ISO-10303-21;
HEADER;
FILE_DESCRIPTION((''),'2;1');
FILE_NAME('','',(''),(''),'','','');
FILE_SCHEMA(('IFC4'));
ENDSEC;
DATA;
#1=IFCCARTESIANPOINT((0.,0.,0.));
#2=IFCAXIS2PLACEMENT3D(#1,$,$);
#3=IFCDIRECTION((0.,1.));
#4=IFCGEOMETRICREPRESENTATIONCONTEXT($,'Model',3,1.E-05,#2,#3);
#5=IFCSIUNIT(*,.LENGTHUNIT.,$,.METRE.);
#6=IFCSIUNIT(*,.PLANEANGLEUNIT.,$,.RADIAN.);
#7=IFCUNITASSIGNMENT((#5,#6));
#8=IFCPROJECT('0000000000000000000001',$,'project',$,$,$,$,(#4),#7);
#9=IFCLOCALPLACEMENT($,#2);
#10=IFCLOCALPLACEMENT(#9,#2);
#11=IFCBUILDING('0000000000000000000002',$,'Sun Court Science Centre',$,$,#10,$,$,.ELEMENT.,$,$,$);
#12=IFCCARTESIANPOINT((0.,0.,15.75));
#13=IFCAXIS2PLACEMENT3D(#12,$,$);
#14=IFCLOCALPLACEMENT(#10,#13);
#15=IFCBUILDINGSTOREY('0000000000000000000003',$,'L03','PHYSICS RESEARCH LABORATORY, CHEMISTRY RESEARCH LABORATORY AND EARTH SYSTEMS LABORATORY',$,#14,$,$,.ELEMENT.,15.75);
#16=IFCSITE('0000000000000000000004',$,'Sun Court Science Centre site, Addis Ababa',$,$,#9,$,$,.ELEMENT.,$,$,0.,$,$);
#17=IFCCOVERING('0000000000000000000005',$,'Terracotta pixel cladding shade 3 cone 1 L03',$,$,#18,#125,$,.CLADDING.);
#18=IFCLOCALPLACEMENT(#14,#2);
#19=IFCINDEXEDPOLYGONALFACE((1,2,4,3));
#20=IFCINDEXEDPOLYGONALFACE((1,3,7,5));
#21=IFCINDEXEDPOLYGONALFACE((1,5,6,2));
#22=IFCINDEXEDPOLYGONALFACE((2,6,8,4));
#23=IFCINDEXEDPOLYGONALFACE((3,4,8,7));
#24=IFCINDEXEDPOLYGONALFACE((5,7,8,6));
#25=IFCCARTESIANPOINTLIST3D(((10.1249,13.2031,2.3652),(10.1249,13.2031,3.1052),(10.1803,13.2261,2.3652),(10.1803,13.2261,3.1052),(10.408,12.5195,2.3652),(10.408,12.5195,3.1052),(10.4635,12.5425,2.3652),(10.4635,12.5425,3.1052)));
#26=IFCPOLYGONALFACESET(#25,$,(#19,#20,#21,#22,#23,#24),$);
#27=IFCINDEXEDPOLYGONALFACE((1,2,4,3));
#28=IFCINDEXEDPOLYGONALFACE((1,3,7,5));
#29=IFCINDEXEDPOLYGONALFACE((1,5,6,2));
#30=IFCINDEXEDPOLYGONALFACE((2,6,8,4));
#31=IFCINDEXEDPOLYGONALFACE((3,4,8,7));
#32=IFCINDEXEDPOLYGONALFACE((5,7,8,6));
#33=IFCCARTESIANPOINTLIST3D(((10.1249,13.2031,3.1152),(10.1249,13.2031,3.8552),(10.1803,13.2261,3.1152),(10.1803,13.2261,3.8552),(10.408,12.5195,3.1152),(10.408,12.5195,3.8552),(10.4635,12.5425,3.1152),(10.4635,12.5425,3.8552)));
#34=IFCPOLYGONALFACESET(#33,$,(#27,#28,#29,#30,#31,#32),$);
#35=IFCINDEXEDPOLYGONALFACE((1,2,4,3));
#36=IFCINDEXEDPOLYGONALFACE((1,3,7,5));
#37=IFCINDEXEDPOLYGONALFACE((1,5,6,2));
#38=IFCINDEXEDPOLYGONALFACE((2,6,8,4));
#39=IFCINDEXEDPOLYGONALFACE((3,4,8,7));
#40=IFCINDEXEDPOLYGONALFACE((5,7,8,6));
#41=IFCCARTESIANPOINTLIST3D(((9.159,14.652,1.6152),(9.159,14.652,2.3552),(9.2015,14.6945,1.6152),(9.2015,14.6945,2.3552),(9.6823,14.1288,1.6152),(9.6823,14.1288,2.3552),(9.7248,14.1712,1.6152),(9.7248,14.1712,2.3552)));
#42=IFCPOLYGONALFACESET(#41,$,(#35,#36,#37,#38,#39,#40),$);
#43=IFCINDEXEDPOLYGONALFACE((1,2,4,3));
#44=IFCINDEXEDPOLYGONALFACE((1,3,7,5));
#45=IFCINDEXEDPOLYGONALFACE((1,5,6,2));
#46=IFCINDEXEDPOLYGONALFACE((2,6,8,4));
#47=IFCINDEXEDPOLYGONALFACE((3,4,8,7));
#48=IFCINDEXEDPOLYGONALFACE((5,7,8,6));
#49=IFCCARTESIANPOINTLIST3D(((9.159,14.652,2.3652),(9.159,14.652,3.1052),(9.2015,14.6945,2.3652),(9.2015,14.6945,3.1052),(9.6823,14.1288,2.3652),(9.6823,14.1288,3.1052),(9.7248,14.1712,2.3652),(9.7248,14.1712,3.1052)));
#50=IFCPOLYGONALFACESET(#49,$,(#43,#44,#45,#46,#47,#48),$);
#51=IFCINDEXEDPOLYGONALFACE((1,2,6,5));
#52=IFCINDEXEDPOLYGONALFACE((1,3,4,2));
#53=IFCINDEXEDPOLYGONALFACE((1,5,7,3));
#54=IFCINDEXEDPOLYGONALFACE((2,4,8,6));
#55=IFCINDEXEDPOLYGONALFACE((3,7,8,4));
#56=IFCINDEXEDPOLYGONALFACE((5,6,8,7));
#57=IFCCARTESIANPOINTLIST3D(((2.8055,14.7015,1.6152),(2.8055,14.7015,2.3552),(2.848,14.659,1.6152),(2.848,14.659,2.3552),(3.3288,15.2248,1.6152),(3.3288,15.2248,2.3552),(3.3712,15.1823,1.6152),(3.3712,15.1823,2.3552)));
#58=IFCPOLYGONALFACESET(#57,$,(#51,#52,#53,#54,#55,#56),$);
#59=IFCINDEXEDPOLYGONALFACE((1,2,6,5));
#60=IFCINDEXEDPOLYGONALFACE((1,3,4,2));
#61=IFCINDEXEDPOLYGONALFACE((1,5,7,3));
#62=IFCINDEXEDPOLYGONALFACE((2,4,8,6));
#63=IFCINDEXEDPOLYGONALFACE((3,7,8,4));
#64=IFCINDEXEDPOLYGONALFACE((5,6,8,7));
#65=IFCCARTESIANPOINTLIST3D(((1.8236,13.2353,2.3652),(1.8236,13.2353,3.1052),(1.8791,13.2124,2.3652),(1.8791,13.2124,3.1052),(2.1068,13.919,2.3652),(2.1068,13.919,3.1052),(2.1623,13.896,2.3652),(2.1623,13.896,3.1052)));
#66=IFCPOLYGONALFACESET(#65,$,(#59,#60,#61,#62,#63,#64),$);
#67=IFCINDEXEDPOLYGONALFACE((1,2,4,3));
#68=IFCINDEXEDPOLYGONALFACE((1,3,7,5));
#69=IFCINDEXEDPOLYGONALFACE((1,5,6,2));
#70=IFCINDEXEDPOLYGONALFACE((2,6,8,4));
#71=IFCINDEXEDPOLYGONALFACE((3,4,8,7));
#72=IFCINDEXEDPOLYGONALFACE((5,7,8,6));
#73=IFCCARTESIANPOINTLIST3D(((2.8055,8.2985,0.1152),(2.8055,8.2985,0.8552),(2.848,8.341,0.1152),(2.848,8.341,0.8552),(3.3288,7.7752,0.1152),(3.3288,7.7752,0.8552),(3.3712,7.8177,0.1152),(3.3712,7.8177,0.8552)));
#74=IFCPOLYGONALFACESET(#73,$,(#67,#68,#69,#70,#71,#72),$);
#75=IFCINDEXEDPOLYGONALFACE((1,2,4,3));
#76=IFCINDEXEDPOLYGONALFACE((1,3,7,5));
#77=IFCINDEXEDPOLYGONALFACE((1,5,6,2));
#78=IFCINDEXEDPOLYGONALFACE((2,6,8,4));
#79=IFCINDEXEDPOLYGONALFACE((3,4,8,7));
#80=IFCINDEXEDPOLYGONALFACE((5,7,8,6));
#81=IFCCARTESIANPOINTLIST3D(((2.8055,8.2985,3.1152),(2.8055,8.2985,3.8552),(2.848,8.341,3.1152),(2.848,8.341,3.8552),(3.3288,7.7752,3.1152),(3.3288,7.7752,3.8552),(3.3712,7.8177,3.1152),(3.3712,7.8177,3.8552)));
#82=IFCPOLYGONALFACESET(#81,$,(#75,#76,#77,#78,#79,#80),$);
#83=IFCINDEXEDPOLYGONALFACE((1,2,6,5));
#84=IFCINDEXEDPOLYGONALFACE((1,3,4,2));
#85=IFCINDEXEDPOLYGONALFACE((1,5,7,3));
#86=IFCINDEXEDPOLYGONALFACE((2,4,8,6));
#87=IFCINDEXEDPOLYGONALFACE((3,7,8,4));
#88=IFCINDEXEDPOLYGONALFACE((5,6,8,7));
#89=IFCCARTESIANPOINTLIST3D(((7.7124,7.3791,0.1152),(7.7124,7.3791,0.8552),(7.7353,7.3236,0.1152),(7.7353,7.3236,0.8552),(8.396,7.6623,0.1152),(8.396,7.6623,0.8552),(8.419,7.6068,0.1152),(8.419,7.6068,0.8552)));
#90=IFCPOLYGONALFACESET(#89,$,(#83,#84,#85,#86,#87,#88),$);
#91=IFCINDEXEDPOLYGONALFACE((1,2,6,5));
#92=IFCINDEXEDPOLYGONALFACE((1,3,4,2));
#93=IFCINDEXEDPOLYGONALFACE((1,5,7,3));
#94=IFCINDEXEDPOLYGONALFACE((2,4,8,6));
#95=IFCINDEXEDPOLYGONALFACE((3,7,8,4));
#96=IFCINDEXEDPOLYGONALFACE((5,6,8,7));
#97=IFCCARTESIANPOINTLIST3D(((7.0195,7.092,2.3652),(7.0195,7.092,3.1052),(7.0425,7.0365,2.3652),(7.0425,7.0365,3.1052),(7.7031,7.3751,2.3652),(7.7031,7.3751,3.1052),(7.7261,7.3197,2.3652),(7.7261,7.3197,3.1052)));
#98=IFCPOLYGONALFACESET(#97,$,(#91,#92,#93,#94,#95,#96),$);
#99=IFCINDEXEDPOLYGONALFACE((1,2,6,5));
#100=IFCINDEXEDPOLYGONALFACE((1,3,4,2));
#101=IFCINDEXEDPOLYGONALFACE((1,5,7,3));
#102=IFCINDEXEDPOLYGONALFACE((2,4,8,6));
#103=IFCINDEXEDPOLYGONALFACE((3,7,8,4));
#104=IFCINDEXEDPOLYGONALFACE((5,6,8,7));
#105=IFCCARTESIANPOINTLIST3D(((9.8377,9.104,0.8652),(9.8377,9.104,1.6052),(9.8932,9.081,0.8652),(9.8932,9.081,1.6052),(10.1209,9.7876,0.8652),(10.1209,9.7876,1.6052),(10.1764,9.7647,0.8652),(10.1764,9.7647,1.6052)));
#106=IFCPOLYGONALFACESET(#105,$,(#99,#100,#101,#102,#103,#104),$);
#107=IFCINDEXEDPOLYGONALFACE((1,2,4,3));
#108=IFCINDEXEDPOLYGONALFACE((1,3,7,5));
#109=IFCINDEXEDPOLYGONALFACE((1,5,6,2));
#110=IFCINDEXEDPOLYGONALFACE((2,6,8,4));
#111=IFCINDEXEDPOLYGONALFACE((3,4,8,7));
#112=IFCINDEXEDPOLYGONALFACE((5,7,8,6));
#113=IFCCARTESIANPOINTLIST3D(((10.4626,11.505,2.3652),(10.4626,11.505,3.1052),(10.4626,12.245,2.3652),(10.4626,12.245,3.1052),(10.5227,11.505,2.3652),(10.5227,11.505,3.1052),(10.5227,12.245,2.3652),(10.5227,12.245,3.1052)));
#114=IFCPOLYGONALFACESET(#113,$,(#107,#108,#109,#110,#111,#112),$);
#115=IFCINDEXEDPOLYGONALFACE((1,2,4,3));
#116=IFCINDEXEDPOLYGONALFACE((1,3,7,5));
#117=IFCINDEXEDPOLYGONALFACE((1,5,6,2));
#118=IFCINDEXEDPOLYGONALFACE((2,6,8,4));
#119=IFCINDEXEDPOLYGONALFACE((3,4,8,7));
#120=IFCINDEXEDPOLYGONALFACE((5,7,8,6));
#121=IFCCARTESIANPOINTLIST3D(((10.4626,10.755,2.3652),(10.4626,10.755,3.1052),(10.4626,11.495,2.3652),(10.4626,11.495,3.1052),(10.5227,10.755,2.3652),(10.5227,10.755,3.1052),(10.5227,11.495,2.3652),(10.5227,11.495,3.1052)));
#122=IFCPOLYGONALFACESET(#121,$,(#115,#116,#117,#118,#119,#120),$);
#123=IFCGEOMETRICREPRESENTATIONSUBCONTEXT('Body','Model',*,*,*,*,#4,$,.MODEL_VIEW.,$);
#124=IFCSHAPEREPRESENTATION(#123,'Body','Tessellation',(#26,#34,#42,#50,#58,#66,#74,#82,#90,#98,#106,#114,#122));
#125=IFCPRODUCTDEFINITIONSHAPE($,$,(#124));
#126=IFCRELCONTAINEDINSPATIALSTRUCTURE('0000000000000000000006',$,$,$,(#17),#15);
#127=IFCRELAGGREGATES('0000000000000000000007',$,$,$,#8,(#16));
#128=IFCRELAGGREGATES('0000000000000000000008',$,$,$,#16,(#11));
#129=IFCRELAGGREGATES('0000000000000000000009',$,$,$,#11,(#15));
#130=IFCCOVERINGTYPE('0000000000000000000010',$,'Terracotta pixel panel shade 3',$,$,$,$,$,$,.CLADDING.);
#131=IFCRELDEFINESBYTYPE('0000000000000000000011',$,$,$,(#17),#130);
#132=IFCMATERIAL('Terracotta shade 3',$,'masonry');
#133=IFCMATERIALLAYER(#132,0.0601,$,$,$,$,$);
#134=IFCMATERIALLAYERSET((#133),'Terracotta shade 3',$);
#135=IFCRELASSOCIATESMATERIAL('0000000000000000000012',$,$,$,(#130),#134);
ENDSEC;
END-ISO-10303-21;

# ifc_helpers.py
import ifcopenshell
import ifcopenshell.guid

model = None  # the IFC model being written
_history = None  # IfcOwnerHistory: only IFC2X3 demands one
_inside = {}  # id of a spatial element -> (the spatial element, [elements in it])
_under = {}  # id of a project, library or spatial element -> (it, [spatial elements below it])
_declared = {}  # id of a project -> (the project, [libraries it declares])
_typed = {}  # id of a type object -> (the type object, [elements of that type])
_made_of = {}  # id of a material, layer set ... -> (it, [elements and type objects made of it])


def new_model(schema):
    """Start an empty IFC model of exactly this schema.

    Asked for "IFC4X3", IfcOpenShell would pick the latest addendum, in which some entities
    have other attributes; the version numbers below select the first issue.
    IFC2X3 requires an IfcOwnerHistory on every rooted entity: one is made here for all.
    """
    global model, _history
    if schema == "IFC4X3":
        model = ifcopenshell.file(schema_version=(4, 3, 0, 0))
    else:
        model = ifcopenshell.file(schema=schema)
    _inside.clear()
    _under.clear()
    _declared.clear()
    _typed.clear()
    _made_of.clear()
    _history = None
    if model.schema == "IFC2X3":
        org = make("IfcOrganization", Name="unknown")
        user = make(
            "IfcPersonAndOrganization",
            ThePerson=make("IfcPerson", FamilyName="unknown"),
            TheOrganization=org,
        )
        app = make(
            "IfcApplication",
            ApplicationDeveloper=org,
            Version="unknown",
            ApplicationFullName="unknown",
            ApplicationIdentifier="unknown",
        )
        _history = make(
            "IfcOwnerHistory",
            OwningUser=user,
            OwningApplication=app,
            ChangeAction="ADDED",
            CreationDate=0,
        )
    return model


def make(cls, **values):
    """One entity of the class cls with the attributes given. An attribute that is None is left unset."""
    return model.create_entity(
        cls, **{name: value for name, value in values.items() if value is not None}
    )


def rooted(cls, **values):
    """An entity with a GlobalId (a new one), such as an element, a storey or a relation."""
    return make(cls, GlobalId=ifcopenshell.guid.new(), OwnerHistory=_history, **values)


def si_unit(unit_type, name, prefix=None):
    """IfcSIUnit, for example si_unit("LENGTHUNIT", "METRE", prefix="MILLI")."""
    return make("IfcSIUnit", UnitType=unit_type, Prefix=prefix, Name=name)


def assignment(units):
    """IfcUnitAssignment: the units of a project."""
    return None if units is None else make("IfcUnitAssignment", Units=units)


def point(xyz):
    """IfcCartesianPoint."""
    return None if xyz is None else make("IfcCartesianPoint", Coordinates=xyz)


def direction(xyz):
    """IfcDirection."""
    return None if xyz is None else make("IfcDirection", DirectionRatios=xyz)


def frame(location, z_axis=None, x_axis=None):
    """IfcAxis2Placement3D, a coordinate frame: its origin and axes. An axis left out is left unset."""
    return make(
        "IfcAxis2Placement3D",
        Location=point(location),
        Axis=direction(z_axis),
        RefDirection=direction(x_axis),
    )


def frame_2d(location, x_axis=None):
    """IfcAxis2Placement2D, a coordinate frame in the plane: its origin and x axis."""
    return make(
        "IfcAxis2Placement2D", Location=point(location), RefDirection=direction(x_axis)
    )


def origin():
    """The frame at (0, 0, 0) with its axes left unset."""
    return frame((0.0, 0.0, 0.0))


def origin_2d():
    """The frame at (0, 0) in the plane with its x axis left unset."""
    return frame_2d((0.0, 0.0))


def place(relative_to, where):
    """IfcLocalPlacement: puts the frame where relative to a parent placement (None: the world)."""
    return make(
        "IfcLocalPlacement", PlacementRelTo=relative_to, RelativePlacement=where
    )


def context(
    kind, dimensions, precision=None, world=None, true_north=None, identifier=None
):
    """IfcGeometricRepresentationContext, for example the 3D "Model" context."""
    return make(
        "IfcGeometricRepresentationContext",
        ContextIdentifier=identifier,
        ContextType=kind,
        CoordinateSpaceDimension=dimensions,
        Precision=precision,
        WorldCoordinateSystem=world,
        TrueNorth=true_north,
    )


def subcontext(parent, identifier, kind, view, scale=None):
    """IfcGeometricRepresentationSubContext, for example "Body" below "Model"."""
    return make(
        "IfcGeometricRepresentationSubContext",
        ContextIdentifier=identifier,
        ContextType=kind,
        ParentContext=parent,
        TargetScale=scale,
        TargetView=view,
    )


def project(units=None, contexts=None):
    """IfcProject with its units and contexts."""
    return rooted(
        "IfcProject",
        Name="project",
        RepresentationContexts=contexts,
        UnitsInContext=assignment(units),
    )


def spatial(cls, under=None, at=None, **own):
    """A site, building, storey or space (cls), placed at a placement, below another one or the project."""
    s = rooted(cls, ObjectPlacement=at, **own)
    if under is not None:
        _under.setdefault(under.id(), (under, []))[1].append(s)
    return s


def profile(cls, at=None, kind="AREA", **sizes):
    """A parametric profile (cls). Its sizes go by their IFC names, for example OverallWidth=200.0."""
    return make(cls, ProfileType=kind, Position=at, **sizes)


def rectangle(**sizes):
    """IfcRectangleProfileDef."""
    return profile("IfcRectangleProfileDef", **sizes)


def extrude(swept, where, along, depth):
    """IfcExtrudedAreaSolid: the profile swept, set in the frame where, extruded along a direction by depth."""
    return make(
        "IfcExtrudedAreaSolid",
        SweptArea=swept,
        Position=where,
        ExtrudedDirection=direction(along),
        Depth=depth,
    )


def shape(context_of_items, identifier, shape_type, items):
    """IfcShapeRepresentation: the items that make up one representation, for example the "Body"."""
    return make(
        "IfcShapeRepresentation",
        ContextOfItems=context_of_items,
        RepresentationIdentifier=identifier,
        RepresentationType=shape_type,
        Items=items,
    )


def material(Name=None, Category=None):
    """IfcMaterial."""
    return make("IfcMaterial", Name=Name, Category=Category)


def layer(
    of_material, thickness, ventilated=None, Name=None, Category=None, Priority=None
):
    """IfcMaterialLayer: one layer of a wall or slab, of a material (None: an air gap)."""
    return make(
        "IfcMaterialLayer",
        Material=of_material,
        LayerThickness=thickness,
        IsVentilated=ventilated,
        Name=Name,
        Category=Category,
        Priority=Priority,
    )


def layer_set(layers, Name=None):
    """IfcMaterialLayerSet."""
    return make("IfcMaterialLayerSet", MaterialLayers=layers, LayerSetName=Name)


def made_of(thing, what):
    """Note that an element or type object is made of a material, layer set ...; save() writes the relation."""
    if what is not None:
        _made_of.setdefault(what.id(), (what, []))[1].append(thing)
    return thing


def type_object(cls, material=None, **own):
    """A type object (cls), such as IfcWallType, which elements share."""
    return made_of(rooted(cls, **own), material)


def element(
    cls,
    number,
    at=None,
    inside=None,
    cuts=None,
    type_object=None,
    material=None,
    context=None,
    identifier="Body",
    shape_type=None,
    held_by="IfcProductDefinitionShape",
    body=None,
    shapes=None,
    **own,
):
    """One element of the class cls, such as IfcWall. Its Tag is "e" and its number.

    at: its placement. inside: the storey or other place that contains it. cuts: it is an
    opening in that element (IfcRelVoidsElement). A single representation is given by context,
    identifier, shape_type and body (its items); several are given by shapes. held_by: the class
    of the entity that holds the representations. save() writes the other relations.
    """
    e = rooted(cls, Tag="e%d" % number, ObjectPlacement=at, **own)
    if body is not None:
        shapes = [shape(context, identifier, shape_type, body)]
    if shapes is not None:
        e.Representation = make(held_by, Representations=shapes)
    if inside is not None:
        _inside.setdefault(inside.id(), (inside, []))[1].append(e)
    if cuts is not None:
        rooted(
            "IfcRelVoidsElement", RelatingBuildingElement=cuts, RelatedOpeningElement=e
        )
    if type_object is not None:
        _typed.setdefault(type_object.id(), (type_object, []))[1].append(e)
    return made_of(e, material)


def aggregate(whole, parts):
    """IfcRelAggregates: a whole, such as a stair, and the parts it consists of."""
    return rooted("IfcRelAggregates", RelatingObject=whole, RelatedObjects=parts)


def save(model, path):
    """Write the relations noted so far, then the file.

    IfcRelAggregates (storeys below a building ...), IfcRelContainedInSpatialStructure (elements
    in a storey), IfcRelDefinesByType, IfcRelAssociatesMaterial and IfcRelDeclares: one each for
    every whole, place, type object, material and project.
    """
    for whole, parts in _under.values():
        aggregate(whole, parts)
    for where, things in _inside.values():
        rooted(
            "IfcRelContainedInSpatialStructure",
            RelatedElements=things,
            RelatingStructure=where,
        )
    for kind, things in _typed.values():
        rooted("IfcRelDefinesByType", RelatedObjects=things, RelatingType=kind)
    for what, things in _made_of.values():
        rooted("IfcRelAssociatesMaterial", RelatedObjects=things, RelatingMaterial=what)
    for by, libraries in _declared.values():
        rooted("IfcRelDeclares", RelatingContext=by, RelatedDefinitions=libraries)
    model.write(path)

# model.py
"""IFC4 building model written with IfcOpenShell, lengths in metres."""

from ifc_helpers import new_model, si_unit, direction, frame, origin, origin_2d, place, context, subcontext, project, spatial, rectangle, extrude, material, layer, layer_set, type_object, element, save


model = new_model("IFC4")

# Units and contexts
model_context = context("Model", 3, precision=1e-05, world=origin(), true_north=direction((0.0, 1.0)))
body_context = subcontext(model_context, "Body", "Model", "MODEL_VIEW")
ifc_project = project(units=[si_unit("LENGTHUNIT", "METRE"), si_unit("PLANEANGLEUNIT", "RADIAN")], contexts=[model_context])

# Site, building, storey
site_placement = place(None, origin())
site = spatial("IfcSite", under=ifc_project, at=site_placement, Name="Sun Court Science Centre site, Addis Ababa", CompositionType="ELEMENT", RefElevation=0.0)
building_placement = place(site_placement, origin())
building = spatial("IfcBuilding", under=site, at=building_placement, Name="Sun Court Science Centre", CompositionType="ELEMENT")
storey_placement = place(building_placement, frame((0.0, 0.0, 15.75)))
storey = spatial("IfcBuildingStorey", under=building, at=storey_placement, Name="L03", Description="PHYSICS RESEARCH LABORATORY, CHEMISTRY RESEARCH LABORATORY AND EARTH SYSTEMS LABORATORY", CompositionType="ELEMENT", Elevation=15.75)

# Covering
ifc_material_1 = material(Name="Terracotta shade 3", Category="masonry")
ifc_layer_1 = layer(ifc_material_1, 0.0601)
ifc_layer_set_1 = layer_set([ifc_layer_1], Name="Terracotta shade 3")
covering_type_1 = type_object("IfcCoveringType", Name="Terracotta pixel panel shade 3", PredefinedType="CLADDING", material=ifc_layer_set_1)
covering_1_placement = place(storey_placement, frame((0.0, 0.0, -15.75)))
element("IfcCovering", 1, at=covering_1_placement, inside=storey, type_object=covering_type_1, Name="Terracotta pixel cladding shade 3 cone 1 L03", PredefinedType="CLADDING", context=body_context, shape_type="SweptSolid", body=[
    extrude(rectangle(XDim=0.74, YDim=0.0601, at=origin_2d()), frame((10.2942, 12.8728, 18.1152), z_axis=(0.0, 0.0, 1.0), x_axis=(0.382683, -0.92388, 0.0)), (0.0, 0.0, 1.0), 0.74),
    extrude(rectangle(XDim=0.74, YDim=0.0601, at=origin_2d()), frame((10.2942, 12.8728, 18.8652), z_axis=(0.0, 0.0, 1.0), x_axis=(0.382683, -0.92388, 0.0)), (0.0, 0.0, 1.0), 0.74),
    extrude(rectangle(XDim=0.74, YDim=0.0601, at=origin_2d()), frame((9.4419, 14.4116, 17.3652), z_axis=(0.0, 0.0, 1.0), x_axis=(0.707107, -0.707107, 0.0)), (0.0, 0.0, 1.0), 0.74),
    extrude(rectangle(XDim=0.74, YDim=0.0601, at=origin_2d()), frame((9.4419, 14.4116, 18.1152), z_axis=(0.0, 0.0, 1.0), x_axis=(0.707107, -0.707107, 0.0)), (0.0, 0.0, 1.0), 0.74),
    extrude(rectangle(XDim=0.74, YDim=0.0601, at=origin_2d()), frame((3.0884, 14.9419, 17.3652), z_axis=(0.0, 0.0, 1.0), x_axis=(0.707107, 0.707107, 0.0)), (0.0, 0.0, 1.0), 0.74),
    extrude(rectangle(XDim=0.74, YDim=0.0601, at=origin_2d()), frame((1.9929, 13.5657, 18.1152), z_axis=(0.0, 0.0, 1.0), x_axis=(0.382683, 0.92388, 0.0)), (0.0, 0.0, 1.0), 0.74),
    extrude(rectangle(XDim=0.74, YDim=0.0601, at=origin_2d()), frame((3.0884, 8.0581, 15.8652), z_axis=(0.0, 0.0, 1.0), x_axis=(-0.707107, 0.707107, 0.0)), (0.0, 0.0, 1.0), 0.74),
    extrude(rectangle(XDim=0.74, YDim=0.0601, at=origin_2d()), frame((3.0884, 8.0581, 18.8652), z_axis=(0.0, 0.0, 1.0), x_axis=(-0.707107, 0.707107, 0.0)), (0.0, 0.0, 1.0), 0.74),
    extrude(rectangle(XDim=0.74, YDim=0.0601, at=origin_2d()), frame((8.0657, 7.4929, 15.8652), z_axis=(0.0, 0.0, 1.0), x_axis=(-0.92388, -0.382683, 0.0)), (0.0, 0.0, 1.0), 0.74),
    extrude(rectangle(XDim=0.74, YDim=0.0601, at=origin_2d()), frame((7.3728, 7.2058, 18.1152), z_axis=(0.0, 0.0, 1.0), x_axis=(-0.92388, -0.382683, 0.0)), (0.0, 0.0, 1.0), 0.74),
    extrude(rectangle(XDim=0.74, YDim=0.0601, at=origin_2d()), frame((10.0071, 9.4343, 16.6152), z_axis=(0.0, 0.0, 1.0), x_axis=(-0.382683, -0.92388, 0.0)), (0.0, 0.0, 1.0), 0.74),
    extrude(rectangle(XDim=0.74, YDim=0.0601, at=origin_2d()), frame((10.4927, 11.875, 18.1152), z_axis=(0.0, 0.0, 1.0), x_axis=(0.0, -1.0, 0.0)), (0.0, 0.0, 1.0), 0.74),
    extrude(rectangle(XDim=0.74, YDim=0.0601, at=origin_2d()), frame((10.4927, 11.125, 18.1152), z_axis=(0.0, 0.0, 1.0), x_axis=(0.0, -1.0, 0.0)), (0.0, 0.0, 1.0), 0.74),
])

save(model, "model.ifc")
